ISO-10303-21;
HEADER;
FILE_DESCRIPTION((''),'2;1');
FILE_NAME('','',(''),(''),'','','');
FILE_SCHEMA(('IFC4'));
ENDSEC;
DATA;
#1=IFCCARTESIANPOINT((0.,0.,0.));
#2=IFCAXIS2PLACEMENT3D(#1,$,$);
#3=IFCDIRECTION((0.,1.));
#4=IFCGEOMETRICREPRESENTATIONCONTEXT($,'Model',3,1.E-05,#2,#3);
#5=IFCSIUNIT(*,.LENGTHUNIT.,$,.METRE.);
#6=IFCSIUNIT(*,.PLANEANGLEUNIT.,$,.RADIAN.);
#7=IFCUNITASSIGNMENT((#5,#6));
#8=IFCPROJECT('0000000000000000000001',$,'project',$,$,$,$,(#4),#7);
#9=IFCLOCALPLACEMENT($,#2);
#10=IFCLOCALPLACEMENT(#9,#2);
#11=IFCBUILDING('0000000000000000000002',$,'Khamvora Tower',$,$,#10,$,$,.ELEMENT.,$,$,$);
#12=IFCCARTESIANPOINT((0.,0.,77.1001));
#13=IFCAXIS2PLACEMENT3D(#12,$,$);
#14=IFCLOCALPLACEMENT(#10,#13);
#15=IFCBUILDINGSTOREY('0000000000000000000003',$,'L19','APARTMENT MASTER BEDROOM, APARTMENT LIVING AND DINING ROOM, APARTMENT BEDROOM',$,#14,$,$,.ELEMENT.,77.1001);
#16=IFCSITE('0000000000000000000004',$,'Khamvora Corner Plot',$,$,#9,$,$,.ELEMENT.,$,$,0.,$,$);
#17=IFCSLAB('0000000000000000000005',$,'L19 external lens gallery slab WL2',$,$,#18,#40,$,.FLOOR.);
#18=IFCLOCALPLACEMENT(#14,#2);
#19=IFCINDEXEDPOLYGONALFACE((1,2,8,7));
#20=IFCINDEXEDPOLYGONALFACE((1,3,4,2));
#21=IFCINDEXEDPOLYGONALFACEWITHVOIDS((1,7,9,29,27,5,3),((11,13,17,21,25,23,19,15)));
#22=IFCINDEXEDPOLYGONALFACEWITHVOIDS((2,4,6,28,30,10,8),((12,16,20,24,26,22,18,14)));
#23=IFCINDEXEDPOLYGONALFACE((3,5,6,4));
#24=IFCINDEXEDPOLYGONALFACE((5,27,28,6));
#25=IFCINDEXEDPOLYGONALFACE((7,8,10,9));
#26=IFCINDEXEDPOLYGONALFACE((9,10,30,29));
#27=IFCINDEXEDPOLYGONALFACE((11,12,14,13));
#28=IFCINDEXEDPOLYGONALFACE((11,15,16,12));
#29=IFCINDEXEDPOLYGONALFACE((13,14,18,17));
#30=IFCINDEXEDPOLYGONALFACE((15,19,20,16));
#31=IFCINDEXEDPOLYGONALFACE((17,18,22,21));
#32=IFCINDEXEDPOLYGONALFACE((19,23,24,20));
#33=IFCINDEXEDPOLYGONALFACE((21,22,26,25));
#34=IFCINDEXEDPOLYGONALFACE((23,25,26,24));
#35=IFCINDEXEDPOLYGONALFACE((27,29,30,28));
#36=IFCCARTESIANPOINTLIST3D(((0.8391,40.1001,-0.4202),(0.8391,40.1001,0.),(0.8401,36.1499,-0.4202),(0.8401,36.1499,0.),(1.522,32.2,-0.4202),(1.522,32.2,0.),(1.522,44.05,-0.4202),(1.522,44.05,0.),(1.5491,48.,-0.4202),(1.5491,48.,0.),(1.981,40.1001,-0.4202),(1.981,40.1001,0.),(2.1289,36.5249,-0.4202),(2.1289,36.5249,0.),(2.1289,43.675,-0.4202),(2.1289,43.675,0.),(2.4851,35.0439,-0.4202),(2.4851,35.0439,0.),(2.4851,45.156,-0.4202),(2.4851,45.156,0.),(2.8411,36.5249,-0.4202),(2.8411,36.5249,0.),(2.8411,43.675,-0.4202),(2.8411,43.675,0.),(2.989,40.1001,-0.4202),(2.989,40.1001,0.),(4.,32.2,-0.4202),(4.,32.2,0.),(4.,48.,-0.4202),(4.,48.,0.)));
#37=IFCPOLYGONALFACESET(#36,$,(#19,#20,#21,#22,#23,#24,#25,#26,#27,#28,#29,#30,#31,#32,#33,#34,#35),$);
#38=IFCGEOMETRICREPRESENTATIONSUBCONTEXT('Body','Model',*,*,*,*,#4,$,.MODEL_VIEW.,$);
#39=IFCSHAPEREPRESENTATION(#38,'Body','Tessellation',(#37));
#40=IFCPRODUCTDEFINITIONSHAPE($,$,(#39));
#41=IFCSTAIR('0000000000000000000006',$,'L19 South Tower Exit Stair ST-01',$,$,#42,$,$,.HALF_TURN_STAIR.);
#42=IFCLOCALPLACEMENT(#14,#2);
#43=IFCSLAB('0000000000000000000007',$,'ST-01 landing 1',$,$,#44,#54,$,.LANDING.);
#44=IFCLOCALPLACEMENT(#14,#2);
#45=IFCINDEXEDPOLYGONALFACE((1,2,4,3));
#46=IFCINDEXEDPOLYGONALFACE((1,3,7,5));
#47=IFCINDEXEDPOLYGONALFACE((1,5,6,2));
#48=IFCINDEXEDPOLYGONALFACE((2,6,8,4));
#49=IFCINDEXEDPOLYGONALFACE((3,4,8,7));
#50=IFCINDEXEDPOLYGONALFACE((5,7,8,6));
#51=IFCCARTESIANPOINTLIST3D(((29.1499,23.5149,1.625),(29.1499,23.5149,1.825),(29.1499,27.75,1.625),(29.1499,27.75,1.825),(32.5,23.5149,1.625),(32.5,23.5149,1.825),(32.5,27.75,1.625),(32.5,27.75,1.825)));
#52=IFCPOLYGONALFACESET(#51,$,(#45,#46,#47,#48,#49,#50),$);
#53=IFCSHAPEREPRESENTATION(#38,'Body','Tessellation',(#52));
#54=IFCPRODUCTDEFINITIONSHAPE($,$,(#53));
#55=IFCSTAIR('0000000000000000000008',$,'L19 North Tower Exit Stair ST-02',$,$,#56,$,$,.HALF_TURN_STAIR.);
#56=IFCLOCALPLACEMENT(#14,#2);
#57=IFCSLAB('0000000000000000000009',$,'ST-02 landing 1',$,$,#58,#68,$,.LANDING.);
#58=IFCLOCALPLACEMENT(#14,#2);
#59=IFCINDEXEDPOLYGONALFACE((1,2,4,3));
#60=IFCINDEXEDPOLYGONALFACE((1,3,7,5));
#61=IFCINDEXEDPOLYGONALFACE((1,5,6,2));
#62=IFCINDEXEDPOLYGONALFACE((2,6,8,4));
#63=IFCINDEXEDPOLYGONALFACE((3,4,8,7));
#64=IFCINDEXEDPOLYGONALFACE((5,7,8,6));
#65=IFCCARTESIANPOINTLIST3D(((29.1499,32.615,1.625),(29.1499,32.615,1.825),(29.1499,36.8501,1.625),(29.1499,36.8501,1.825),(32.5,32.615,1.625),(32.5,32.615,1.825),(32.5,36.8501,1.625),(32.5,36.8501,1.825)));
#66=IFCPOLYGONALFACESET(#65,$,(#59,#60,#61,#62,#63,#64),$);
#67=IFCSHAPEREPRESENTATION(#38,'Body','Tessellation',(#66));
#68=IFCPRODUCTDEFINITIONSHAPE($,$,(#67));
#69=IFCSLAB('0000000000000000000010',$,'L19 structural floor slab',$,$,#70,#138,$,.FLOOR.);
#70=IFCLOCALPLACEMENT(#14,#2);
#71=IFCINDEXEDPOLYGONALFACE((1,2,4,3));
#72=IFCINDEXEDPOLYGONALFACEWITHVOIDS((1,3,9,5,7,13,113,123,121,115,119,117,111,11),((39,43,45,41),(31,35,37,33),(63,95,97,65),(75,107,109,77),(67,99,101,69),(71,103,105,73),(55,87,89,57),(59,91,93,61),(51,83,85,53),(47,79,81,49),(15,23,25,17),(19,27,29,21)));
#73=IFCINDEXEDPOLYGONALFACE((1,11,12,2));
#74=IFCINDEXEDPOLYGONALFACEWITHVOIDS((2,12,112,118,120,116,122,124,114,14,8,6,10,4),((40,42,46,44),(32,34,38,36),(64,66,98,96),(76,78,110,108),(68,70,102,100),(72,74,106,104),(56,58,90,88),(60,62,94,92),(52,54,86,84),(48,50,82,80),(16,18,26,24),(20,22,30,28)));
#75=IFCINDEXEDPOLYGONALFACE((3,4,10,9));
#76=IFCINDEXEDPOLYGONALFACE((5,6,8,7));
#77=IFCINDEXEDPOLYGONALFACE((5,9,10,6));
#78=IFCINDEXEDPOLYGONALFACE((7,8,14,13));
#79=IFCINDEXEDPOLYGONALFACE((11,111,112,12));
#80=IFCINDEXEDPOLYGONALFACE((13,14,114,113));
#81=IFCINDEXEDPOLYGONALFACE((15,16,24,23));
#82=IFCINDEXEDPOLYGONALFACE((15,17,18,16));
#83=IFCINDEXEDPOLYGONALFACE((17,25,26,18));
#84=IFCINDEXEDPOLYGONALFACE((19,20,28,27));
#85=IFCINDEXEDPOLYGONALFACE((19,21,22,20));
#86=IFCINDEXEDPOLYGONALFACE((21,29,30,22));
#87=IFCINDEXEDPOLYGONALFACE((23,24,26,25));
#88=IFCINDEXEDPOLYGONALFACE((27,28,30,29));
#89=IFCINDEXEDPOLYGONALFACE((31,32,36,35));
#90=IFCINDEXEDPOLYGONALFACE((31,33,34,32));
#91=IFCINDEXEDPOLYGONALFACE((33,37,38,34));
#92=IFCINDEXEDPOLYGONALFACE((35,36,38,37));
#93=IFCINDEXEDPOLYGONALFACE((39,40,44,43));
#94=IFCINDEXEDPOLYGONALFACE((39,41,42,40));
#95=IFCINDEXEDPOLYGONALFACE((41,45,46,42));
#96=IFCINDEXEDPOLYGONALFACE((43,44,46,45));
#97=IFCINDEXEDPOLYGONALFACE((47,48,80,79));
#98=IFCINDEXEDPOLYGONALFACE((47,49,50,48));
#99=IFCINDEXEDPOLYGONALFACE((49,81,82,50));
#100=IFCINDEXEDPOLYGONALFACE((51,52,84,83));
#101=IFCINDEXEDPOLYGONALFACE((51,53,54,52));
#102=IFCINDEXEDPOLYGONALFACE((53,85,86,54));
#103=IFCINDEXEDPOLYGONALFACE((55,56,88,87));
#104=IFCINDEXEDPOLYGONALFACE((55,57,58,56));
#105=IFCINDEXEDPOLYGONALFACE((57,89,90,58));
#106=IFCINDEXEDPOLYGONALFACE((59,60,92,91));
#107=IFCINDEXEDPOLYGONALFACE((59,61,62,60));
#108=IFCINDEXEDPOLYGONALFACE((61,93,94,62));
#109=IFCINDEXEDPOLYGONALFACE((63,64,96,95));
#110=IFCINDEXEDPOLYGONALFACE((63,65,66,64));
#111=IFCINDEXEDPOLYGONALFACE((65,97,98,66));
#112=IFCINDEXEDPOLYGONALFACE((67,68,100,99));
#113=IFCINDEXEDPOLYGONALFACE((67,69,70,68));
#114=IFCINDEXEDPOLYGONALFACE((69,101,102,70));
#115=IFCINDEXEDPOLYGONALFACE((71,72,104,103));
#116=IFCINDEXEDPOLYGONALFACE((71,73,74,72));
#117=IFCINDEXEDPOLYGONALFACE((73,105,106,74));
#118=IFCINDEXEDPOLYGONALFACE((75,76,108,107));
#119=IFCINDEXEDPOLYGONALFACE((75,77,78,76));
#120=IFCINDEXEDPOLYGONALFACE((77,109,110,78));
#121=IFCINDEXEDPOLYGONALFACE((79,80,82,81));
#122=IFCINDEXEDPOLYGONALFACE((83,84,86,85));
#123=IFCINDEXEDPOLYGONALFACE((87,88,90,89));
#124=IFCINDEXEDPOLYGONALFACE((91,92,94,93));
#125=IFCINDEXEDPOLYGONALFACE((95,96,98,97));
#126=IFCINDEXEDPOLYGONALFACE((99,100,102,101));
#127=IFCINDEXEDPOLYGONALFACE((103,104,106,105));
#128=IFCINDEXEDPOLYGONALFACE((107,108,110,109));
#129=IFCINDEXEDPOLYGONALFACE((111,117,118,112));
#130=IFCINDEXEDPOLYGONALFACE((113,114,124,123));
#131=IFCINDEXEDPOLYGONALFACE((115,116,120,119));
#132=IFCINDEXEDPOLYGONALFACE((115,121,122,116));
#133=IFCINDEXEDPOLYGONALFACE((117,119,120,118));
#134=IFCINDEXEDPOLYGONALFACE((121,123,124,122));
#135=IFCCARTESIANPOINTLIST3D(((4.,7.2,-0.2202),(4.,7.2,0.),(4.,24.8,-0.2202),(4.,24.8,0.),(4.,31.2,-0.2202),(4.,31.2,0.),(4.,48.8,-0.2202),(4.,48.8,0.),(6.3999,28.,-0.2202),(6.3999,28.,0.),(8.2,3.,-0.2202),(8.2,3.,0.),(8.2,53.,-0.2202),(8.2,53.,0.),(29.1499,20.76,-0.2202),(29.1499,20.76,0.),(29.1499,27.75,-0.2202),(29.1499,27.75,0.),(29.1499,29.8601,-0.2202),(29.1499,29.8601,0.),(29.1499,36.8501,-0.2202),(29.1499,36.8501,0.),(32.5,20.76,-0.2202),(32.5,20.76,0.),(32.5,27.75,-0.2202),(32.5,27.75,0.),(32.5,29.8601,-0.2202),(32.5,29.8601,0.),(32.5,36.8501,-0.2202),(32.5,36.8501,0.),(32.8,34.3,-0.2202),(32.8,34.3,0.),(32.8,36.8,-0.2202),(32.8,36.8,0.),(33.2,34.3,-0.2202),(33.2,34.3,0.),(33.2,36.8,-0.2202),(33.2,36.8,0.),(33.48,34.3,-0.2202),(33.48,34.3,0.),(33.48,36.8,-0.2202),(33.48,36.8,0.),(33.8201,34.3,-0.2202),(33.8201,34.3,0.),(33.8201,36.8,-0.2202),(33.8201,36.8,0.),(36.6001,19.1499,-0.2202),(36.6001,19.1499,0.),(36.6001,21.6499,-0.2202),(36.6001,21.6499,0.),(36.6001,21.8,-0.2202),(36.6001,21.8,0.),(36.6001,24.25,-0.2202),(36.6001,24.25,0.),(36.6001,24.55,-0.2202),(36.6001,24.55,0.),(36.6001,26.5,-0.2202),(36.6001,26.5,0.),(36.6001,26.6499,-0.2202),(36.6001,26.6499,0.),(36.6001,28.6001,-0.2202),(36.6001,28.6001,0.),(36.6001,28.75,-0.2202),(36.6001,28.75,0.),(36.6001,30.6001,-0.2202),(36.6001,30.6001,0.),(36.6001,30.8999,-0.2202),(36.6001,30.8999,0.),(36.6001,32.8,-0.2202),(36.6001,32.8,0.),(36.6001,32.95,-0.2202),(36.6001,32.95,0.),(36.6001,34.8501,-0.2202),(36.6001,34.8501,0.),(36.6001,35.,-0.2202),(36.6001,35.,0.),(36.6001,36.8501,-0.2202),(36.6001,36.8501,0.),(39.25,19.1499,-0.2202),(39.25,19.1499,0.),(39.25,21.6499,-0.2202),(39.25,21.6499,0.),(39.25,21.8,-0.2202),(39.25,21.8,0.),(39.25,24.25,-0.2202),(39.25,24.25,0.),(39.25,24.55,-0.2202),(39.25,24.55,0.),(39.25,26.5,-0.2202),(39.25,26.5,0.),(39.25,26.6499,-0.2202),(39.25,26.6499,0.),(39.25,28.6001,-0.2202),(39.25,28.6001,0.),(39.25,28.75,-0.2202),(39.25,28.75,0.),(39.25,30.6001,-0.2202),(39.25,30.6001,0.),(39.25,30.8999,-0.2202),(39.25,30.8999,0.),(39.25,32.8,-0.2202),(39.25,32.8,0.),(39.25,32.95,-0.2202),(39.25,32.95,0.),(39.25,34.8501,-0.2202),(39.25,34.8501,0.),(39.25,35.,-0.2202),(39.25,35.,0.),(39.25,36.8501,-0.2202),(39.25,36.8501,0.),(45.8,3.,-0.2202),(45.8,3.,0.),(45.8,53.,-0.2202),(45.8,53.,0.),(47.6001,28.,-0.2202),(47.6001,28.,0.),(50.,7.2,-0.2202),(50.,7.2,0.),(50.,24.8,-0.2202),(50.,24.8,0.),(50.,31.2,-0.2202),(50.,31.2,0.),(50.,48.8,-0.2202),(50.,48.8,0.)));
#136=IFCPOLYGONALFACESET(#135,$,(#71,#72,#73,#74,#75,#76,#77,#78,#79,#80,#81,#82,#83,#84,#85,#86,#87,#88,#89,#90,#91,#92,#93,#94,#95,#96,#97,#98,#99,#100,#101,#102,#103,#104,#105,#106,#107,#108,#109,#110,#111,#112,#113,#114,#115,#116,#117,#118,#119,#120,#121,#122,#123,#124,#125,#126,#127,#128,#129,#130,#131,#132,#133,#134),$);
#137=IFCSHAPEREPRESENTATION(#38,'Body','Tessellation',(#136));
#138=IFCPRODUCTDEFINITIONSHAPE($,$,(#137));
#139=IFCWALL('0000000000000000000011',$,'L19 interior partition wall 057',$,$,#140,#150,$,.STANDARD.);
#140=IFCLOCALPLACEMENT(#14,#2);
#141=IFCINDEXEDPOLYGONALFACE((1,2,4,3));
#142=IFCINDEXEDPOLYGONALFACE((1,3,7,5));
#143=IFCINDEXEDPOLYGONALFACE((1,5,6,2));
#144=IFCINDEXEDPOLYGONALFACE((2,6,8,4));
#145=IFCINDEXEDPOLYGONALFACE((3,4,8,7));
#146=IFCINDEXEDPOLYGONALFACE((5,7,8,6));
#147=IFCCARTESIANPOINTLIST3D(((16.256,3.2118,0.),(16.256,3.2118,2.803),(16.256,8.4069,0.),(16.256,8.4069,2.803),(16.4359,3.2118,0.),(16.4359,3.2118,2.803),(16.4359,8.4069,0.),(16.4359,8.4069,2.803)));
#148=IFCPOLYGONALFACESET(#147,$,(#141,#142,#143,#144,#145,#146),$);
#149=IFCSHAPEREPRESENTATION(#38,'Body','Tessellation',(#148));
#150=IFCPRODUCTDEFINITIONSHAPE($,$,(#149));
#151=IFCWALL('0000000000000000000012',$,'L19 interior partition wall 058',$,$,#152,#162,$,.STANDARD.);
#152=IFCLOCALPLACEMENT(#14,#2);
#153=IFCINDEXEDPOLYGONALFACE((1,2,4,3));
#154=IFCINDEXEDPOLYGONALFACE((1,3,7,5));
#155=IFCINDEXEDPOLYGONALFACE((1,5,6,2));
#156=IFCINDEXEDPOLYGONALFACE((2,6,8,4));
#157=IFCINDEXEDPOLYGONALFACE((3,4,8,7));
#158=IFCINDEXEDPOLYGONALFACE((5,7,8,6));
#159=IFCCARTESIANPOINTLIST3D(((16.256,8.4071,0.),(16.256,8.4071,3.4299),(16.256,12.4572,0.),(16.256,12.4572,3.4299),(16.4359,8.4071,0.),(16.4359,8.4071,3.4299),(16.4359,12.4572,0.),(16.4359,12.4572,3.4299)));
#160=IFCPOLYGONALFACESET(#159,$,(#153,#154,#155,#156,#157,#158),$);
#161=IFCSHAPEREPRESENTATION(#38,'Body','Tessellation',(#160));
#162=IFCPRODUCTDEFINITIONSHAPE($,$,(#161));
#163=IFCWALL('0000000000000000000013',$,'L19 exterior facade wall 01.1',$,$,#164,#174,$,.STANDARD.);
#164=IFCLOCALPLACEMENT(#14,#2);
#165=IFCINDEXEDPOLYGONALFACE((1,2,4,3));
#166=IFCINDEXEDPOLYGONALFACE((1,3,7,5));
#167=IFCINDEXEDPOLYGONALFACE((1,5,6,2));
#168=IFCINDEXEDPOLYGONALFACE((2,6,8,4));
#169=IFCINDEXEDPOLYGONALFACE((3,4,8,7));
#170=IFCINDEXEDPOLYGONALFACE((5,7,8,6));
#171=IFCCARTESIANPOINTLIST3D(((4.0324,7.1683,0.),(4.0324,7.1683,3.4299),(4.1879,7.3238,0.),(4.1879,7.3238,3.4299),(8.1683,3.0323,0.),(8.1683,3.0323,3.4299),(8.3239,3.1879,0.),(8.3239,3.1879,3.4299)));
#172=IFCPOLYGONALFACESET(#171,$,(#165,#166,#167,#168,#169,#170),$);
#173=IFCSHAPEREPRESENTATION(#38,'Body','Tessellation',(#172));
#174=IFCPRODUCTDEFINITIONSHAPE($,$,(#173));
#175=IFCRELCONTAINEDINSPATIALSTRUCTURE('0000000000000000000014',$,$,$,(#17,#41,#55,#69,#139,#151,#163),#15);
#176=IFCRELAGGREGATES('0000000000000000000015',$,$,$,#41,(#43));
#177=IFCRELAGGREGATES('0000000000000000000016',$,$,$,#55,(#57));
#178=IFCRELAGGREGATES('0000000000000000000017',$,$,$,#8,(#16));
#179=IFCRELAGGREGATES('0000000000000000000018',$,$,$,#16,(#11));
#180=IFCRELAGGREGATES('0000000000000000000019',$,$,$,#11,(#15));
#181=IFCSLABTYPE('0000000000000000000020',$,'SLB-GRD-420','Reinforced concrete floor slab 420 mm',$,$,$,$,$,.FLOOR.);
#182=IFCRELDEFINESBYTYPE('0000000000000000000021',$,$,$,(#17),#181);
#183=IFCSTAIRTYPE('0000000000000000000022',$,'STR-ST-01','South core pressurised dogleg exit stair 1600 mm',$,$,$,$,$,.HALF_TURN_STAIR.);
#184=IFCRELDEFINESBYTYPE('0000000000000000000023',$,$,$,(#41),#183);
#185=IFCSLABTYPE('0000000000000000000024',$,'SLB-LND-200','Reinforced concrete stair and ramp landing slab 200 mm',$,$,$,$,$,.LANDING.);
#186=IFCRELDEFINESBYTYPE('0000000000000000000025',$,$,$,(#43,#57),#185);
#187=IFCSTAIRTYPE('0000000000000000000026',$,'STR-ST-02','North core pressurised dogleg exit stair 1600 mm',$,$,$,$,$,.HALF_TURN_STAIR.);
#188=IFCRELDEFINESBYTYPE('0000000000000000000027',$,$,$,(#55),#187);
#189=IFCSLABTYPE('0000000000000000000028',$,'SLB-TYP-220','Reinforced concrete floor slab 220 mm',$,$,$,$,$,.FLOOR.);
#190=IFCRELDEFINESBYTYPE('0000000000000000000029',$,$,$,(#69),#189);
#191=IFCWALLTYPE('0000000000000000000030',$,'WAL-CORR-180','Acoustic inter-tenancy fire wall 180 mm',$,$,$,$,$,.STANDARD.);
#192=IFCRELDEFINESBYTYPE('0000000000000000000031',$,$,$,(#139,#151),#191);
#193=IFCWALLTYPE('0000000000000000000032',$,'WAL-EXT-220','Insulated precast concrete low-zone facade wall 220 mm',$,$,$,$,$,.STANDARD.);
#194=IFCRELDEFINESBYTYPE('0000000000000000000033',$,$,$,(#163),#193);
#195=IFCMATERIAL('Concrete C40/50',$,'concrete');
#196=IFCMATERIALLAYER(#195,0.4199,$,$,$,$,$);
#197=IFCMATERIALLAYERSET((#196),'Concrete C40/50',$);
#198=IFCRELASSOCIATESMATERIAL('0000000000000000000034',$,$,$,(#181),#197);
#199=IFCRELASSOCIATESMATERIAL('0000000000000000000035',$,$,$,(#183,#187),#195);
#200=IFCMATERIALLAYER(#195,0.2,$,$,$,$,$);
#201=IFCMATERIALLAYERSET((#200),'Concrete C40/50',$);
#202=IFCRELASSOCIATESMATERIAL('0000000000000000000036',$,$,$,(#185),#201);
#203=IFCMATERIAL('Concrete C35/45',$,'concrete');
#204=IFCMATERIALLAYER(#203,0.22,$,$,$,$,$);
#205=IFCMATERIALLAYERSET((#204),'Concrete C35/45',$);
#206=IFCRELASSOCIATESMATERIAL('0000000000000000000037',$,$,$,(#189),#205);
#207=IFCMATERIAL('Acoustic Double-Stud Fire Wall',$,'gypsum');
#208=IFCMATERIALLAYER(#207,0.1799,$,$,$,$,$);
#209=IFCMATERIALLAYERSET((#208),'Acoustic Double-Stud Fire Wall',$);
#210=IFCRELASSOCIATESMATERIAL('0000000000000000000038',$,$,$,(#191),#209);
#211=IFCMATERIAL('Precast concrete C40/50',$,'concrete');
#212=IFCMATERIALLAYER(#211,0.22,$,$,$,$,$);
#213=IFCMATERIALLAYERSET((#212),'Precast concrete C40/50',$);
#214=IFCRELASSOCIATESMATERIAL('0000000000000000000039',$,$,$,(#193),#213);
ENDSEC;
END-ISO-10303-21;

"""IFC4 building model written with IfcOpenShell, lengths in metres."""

from ifc_helpers import new_model, si_unit, direction, frame, frame_2d, origin, place, context, subcontext, project, spatial, polyline, rectangle, outline, extrude, material, layer, layer_set, type_object, element, aggregate, save


model = new_model("IFC4")

# Units and contexts
model_context = context("Model", 3, precision=1e-05, world=origin(), true_north=direction((0.0, 1.0)))
body_context = subcontext(model_context, "Body", "Model", "MODEL_VIEW")
ifc_project = project(units=[si_unit("LENGTHUNIT", "METRE"), si_unit("PLANEANGLEUNIT", "RADIAN")], contexts=[model_context])

# Site, building, storey
site_placement = place(None, origin())
site = spatial("IfcSite", under=ifc_project, at=site_placement, Name="Khamvora Corner Plot", CompositionType="ELEMENT", RefElevation=0.0)
building_placement = place(site_placement, origin())
building = spatial("IfcBuilding", under=site, at=building_placement, Name="Khamvora Tower", CompositionType="ELEMENT")
storey_placement = place(building_placement, frame((0.0, 0.0, 77.1001)))
storey = spatial("IfcBuildingStorey", under=building, at=storey_placement, Name="L19", Description="APARTMENT MASTER BEDROOM, APARTMENT LIVING AND DINING ROOM, APARTMENT BEDROOM", CompositionType="ELEMENT", Elevation=77.1001)

# Slab
ifc_material_1 = material(Name="Concrete C40/50", Category="concrete")
ifc_layer_1 = layer(ifc_material_1, 0.4199)
ifc_layer_set_1 = layer_set([ifc_layer_1], Name="Concrete C40/50")
slab_type_1 = type_object("IfcSlabType", Name="SLB-GRD-420", Description="Reinforced concrete floor slab 420 mm", PredefinedType="FLOOR", material=ifc_layer_set_1)
slab_1_placement = place(storey_placement, frame((0.0, 0.0, -0.4202)))
element("IfcSlab", 1, at=slab_1_placement, inside=storey, type_object=slab_type_1, Name="L19 external lens gallery slab WL2", PredefinedType="FLOOR", context=body_context, shape_type="SweptSolid", body=[
    extrude(outline(polyline([(4.0, 32.2), (4.0, 48.0), (1.5491, 48.0), (1.522, 44.05), (0.8391, 40.1001), (0.8401, 36.1499), (1.522, 32.2), (4.0, 32.2)]), holes=[polyline([(2.989, 40.1001), (2.8411, 43.675), (2.4851, 45.156), (2.1289, 43.675), (1.981, 40.1001), (2.1289, 36.5249), (2.4851, 35.0439), (2.8411, 36.5249), (2.989, 40.1001)])]), origin(), (0.0, 0.0, 1.0), 0.4202),
])

# Stairs, slabs
stair_type_1 = type_object("IfcStairType", Name="STR-ST-01", Description="South core pressurised dogleg exit stair 1600 mm", PredefinedType="HALF_TURN_STAIR", material=ifc_material_1)
stair_1_placement = place(storey_placement, origin())
stair_1 = element("IfcStair", 2, at=stair_1_placement, inside=storey, type_object=stair_type_1, Name="L19 South Tower Exit Stair ST-01", PredefinedType="HALF_TURN_STAIR")
ifc_layer_2 = layer(ifc_material_1, 0.2)
ifc_layer_set_2 = layer_set([ifc_layer_2], Name="Concrete C40/50")
slab_type_2 = type_object("IfcSlabType", Name="SLB-LND-200", Description="Reinforced concrete stair and ramp landing slab 200 mm", PredefinedType="LANDING", material=ifc_layer_set_2)
slab_2_placement = place(storey_placement, frame((0.0, 0.0, 1.625)))
slab_2 = element("IfcSlab", 3, at=slab_2_placement, type_object=slab_type_2, Name="ST-01 landing 1", PredefinedType="LANDING", context=body_context, shape_type="SweptSolid", body=[
    extrude(outline(polyline([(32.5, 23.5149), (32.5, 27.75), (29.1499, 27.75), (29.1499, 23.5149), (32.5, 23.5149)])), origin(), (0.0, 0.0, 1.0), 0.2),
])
aggregate(stair_1, [slab_2])
stair_type_2 = type_object("IfcStairType", Name="STR-ST-02", Description="North core pressurised dogleg exit stair 1600 mm", PredefinedType="HALF_TURN_STAIR", material=ifc_material_1)
stair_2_placement = place(storey_placement, origin())
stair_2 = element("IfcStair", 4, at=stair_2_placement, inside=storey, type_object=stair_type_2, Name="L19 North Tower Exit Stair ST-02", PredefinedType="HALF_TURN_STAIR")
slab_3_placement = place(storey_placement, frame((0.0, 0.0, 1.625)))
slab_3 = element("IfcSlab", 5, at=slab_3_placement, type_object=slab_type_2, Name="ST-02 landing 1", PredefinedType="LANDING", context=body_context, shape_type="SweptSolid", body=[
    extrude(outline(polyline([(32.5, 32.615), (32.5, 36.8501), (29.1499, 36.8501), (29.1499, 32.615), (32.5, 32.615)])), origin(), (0.0, 0.0, 1.0), 0.2),
])
aggregate(stair_2, [slab_3])

# Slab
ifc_material_2 = material(Name="Concrete C35/45", Category="concrete")
ifc_layer_3 = layer(ifc_material_2, 0.22)
ifc_layer_set_3 = layer_set([ifc_layer_3], Name="Concrete C35/45")
slab_type_3 = type_object("IfcSlabType", Name="SLB-TYP-220", Description="Reinforced concrete floor slab 220 mm", PredefinedType="FLOOR", material=ifc_layer_set_3)
slab_4_placement = place(storey_placement, frame((0.0, 0.0, -0.2202)))
element("IfcSlab", 6, at=slab_4_placement, inside=storey, type_object=slab_type_3, Name="L19 structural floor slab", PredefinedType="FLOOR", context=body_context, shape_type="SweptSolid", body=[
    extrude(outline(polyline([(8.2, 3.0), (45.8, 3.0), (50.0, 7.2), (50.0, 24.8), (47.6001, 28.0), (50.0, 31.2), (50.0, 48.8), (45.8, 53.0), (8.2, 53.0), (4.0, 48.8), (4.0, 31.2), (6.3999, 28.0), (4.0, 24.8), (4.0, 7.2), (8.2, 3.0)]), holes=[polyline([(32.5, 20.76), (32.5, 27.75), (29.1499, 27.75), (29.1499, 20.76), (32.5, 20.76)]), polyline([(32.5, 29.8601), (32.5, 36.8501), (29.1499, 36.8501), (29.1499, 29.8601), (32.5, 29.8601)]), polyline([(36.6001, 19.1499), (39.25, 19.1499), (39.25, 21.6499), (36.6001, 21.6499), (36.6001, 19.1499)]), polyline([(36.6001, 21.8), (39.25, 21.8), (39.25, 24.25), (36.6001, 24.25), (36.6001, 21.8)]), polyline([(36.6001, 24.55), (39.25, 24.55), (39.25, 26.5), (36.6001, 26.5), (36.6001, 24.55)]), polyline([(36.6001, 26.6499), (39.25, 26.6499), (39.25, 28.6001), (36.6001, 28.6001), (36.6001, 26.6499)]), polyline([(36.6001, 28.75), (39.25, 28.75), (39.25, 30.6001), (36.6001, 30.6001), (36.6001, 28.75)]), polyline([(36.6001, 30.8999), (39.25, 30.8999), (39.25, 32.8), (36.6001, 32.8), (36.6001, 30.8999)]), polyline([(36.6001, 32.95), (39.25, 32.95), (39.25, 34.8501), (36.6001, 34.8501), (36.6001, 32.95)]), polyline([(36.6001, 35.0), (39.25, 35.0), (39.25, 36.8501), (36.6001, 36.8501), (36.6001, 35.0)]), polyline([(32.8, 34.3), (33.2, 34.3), (33.2, 36.8), (32.8, 36.8), (32.8, 34.3)]), polyline([(33.48, 34.3), (33.8201, 34.3), (33.8201, 36.8), (33.48, 36.8), (33.48, 34.3)])]), origin(), (0.0, 0.0, 1.0), 0.2202),
])

# Walls
ifc_material_3 = material(Name="Acoustic Double-Stud Fire Wall", Category="gypsum")
ifc_layer_4 = layer(ifc_material_3, 0.1799)
ifc_layer_set_4 = layer_set([ifc_layer_4], Name="Acoustic Double-Stud Fire Wall")
wall_type_1 = type_object("IfcWallType", Name="WAL-CORR-180", Description="Acoustic inter-tenancy fire wall 180 mm", PredefinedType="STANDARD", material=ifc_layer_set_4)
wall_1_placement = place(storey_placement, frame((16.3459, 8.407, 0.0), z_axis=(0.0, 0.0, 1.0), x_axis=(0.0, -1.0, 0.0)))
element("IfcWall", 7, at=wall_1_placement, inside=storey, type_object=wall_type_1, Name="L19 interior partition wall 057", PredefinedType="STANDARD", context=body_context, shape_type="SweptSolid", body=[
    extrude(rectangle(XDim=5.1951, YDim=0.1799, at=frame_2d((2.5977, 0.0))), origin(), (0.0, 0.0, 1.0), 2.803),
])
wall_2_placement = place(storey_placement, frame((16.3459, 12.457, 0.0), z_axis=(0.0, 0.0, 1.0), x_axis=(0.0, -1.0, 0.0)))
element("IfcWall", 8, at=wall_2_placement, inside=storey, type_object=wall_type_1, Name="L19 interior partition wall 058", PredefinedType="STANDARD", context=body_context, shape_type="SweptSolid", body=[
    extrude(rectangle(XDim=4.05, YDim=0.1799, at=frame_2d((2.0249, 0.0))), origin(), (0.0, 0.0, 1.0), 3.4299),
])
ifc_material_4 = material(Name="Precast concrete C40/50", Category="concrete")
ifc_layer_5 = layer(ifc_material_4, 0.22)
ifc_layer_set_5 = layer_set([ifc_layer_5], Name="Precast concrete C40/50")
wall_type_2 = type_object("IfcWallType", Name="WAL-EXT-220", Description="Insulated precast concrete low-zone facade wall 220 mm", PredefinedType="STANDARD", material=ifc_layer_set_5)
wall_3_placement = place(storey_placement, frame((8.2461, 3.1101, 0.0), z_axis=(0.0, 0.0, 1.0), x_axis=(-0.707107, 0.707107, 0.0)))
element("IfcWall", 9, at=wall_3_placement, inside=storey, type_object=wall_type_2, Name="L19 exterior facade wall 01.1", PredefinedType="STANDARD", context=body_context, shape_type="SweptSolid", body=[
    extrude(rectangle(XDim=5.8491, YDim=0.22, at=frame_2d((2.9246, 0.0))), origin(), (0.0, 0.0, 1.0), 3.4299),
])

save(model, "model.ifc")
